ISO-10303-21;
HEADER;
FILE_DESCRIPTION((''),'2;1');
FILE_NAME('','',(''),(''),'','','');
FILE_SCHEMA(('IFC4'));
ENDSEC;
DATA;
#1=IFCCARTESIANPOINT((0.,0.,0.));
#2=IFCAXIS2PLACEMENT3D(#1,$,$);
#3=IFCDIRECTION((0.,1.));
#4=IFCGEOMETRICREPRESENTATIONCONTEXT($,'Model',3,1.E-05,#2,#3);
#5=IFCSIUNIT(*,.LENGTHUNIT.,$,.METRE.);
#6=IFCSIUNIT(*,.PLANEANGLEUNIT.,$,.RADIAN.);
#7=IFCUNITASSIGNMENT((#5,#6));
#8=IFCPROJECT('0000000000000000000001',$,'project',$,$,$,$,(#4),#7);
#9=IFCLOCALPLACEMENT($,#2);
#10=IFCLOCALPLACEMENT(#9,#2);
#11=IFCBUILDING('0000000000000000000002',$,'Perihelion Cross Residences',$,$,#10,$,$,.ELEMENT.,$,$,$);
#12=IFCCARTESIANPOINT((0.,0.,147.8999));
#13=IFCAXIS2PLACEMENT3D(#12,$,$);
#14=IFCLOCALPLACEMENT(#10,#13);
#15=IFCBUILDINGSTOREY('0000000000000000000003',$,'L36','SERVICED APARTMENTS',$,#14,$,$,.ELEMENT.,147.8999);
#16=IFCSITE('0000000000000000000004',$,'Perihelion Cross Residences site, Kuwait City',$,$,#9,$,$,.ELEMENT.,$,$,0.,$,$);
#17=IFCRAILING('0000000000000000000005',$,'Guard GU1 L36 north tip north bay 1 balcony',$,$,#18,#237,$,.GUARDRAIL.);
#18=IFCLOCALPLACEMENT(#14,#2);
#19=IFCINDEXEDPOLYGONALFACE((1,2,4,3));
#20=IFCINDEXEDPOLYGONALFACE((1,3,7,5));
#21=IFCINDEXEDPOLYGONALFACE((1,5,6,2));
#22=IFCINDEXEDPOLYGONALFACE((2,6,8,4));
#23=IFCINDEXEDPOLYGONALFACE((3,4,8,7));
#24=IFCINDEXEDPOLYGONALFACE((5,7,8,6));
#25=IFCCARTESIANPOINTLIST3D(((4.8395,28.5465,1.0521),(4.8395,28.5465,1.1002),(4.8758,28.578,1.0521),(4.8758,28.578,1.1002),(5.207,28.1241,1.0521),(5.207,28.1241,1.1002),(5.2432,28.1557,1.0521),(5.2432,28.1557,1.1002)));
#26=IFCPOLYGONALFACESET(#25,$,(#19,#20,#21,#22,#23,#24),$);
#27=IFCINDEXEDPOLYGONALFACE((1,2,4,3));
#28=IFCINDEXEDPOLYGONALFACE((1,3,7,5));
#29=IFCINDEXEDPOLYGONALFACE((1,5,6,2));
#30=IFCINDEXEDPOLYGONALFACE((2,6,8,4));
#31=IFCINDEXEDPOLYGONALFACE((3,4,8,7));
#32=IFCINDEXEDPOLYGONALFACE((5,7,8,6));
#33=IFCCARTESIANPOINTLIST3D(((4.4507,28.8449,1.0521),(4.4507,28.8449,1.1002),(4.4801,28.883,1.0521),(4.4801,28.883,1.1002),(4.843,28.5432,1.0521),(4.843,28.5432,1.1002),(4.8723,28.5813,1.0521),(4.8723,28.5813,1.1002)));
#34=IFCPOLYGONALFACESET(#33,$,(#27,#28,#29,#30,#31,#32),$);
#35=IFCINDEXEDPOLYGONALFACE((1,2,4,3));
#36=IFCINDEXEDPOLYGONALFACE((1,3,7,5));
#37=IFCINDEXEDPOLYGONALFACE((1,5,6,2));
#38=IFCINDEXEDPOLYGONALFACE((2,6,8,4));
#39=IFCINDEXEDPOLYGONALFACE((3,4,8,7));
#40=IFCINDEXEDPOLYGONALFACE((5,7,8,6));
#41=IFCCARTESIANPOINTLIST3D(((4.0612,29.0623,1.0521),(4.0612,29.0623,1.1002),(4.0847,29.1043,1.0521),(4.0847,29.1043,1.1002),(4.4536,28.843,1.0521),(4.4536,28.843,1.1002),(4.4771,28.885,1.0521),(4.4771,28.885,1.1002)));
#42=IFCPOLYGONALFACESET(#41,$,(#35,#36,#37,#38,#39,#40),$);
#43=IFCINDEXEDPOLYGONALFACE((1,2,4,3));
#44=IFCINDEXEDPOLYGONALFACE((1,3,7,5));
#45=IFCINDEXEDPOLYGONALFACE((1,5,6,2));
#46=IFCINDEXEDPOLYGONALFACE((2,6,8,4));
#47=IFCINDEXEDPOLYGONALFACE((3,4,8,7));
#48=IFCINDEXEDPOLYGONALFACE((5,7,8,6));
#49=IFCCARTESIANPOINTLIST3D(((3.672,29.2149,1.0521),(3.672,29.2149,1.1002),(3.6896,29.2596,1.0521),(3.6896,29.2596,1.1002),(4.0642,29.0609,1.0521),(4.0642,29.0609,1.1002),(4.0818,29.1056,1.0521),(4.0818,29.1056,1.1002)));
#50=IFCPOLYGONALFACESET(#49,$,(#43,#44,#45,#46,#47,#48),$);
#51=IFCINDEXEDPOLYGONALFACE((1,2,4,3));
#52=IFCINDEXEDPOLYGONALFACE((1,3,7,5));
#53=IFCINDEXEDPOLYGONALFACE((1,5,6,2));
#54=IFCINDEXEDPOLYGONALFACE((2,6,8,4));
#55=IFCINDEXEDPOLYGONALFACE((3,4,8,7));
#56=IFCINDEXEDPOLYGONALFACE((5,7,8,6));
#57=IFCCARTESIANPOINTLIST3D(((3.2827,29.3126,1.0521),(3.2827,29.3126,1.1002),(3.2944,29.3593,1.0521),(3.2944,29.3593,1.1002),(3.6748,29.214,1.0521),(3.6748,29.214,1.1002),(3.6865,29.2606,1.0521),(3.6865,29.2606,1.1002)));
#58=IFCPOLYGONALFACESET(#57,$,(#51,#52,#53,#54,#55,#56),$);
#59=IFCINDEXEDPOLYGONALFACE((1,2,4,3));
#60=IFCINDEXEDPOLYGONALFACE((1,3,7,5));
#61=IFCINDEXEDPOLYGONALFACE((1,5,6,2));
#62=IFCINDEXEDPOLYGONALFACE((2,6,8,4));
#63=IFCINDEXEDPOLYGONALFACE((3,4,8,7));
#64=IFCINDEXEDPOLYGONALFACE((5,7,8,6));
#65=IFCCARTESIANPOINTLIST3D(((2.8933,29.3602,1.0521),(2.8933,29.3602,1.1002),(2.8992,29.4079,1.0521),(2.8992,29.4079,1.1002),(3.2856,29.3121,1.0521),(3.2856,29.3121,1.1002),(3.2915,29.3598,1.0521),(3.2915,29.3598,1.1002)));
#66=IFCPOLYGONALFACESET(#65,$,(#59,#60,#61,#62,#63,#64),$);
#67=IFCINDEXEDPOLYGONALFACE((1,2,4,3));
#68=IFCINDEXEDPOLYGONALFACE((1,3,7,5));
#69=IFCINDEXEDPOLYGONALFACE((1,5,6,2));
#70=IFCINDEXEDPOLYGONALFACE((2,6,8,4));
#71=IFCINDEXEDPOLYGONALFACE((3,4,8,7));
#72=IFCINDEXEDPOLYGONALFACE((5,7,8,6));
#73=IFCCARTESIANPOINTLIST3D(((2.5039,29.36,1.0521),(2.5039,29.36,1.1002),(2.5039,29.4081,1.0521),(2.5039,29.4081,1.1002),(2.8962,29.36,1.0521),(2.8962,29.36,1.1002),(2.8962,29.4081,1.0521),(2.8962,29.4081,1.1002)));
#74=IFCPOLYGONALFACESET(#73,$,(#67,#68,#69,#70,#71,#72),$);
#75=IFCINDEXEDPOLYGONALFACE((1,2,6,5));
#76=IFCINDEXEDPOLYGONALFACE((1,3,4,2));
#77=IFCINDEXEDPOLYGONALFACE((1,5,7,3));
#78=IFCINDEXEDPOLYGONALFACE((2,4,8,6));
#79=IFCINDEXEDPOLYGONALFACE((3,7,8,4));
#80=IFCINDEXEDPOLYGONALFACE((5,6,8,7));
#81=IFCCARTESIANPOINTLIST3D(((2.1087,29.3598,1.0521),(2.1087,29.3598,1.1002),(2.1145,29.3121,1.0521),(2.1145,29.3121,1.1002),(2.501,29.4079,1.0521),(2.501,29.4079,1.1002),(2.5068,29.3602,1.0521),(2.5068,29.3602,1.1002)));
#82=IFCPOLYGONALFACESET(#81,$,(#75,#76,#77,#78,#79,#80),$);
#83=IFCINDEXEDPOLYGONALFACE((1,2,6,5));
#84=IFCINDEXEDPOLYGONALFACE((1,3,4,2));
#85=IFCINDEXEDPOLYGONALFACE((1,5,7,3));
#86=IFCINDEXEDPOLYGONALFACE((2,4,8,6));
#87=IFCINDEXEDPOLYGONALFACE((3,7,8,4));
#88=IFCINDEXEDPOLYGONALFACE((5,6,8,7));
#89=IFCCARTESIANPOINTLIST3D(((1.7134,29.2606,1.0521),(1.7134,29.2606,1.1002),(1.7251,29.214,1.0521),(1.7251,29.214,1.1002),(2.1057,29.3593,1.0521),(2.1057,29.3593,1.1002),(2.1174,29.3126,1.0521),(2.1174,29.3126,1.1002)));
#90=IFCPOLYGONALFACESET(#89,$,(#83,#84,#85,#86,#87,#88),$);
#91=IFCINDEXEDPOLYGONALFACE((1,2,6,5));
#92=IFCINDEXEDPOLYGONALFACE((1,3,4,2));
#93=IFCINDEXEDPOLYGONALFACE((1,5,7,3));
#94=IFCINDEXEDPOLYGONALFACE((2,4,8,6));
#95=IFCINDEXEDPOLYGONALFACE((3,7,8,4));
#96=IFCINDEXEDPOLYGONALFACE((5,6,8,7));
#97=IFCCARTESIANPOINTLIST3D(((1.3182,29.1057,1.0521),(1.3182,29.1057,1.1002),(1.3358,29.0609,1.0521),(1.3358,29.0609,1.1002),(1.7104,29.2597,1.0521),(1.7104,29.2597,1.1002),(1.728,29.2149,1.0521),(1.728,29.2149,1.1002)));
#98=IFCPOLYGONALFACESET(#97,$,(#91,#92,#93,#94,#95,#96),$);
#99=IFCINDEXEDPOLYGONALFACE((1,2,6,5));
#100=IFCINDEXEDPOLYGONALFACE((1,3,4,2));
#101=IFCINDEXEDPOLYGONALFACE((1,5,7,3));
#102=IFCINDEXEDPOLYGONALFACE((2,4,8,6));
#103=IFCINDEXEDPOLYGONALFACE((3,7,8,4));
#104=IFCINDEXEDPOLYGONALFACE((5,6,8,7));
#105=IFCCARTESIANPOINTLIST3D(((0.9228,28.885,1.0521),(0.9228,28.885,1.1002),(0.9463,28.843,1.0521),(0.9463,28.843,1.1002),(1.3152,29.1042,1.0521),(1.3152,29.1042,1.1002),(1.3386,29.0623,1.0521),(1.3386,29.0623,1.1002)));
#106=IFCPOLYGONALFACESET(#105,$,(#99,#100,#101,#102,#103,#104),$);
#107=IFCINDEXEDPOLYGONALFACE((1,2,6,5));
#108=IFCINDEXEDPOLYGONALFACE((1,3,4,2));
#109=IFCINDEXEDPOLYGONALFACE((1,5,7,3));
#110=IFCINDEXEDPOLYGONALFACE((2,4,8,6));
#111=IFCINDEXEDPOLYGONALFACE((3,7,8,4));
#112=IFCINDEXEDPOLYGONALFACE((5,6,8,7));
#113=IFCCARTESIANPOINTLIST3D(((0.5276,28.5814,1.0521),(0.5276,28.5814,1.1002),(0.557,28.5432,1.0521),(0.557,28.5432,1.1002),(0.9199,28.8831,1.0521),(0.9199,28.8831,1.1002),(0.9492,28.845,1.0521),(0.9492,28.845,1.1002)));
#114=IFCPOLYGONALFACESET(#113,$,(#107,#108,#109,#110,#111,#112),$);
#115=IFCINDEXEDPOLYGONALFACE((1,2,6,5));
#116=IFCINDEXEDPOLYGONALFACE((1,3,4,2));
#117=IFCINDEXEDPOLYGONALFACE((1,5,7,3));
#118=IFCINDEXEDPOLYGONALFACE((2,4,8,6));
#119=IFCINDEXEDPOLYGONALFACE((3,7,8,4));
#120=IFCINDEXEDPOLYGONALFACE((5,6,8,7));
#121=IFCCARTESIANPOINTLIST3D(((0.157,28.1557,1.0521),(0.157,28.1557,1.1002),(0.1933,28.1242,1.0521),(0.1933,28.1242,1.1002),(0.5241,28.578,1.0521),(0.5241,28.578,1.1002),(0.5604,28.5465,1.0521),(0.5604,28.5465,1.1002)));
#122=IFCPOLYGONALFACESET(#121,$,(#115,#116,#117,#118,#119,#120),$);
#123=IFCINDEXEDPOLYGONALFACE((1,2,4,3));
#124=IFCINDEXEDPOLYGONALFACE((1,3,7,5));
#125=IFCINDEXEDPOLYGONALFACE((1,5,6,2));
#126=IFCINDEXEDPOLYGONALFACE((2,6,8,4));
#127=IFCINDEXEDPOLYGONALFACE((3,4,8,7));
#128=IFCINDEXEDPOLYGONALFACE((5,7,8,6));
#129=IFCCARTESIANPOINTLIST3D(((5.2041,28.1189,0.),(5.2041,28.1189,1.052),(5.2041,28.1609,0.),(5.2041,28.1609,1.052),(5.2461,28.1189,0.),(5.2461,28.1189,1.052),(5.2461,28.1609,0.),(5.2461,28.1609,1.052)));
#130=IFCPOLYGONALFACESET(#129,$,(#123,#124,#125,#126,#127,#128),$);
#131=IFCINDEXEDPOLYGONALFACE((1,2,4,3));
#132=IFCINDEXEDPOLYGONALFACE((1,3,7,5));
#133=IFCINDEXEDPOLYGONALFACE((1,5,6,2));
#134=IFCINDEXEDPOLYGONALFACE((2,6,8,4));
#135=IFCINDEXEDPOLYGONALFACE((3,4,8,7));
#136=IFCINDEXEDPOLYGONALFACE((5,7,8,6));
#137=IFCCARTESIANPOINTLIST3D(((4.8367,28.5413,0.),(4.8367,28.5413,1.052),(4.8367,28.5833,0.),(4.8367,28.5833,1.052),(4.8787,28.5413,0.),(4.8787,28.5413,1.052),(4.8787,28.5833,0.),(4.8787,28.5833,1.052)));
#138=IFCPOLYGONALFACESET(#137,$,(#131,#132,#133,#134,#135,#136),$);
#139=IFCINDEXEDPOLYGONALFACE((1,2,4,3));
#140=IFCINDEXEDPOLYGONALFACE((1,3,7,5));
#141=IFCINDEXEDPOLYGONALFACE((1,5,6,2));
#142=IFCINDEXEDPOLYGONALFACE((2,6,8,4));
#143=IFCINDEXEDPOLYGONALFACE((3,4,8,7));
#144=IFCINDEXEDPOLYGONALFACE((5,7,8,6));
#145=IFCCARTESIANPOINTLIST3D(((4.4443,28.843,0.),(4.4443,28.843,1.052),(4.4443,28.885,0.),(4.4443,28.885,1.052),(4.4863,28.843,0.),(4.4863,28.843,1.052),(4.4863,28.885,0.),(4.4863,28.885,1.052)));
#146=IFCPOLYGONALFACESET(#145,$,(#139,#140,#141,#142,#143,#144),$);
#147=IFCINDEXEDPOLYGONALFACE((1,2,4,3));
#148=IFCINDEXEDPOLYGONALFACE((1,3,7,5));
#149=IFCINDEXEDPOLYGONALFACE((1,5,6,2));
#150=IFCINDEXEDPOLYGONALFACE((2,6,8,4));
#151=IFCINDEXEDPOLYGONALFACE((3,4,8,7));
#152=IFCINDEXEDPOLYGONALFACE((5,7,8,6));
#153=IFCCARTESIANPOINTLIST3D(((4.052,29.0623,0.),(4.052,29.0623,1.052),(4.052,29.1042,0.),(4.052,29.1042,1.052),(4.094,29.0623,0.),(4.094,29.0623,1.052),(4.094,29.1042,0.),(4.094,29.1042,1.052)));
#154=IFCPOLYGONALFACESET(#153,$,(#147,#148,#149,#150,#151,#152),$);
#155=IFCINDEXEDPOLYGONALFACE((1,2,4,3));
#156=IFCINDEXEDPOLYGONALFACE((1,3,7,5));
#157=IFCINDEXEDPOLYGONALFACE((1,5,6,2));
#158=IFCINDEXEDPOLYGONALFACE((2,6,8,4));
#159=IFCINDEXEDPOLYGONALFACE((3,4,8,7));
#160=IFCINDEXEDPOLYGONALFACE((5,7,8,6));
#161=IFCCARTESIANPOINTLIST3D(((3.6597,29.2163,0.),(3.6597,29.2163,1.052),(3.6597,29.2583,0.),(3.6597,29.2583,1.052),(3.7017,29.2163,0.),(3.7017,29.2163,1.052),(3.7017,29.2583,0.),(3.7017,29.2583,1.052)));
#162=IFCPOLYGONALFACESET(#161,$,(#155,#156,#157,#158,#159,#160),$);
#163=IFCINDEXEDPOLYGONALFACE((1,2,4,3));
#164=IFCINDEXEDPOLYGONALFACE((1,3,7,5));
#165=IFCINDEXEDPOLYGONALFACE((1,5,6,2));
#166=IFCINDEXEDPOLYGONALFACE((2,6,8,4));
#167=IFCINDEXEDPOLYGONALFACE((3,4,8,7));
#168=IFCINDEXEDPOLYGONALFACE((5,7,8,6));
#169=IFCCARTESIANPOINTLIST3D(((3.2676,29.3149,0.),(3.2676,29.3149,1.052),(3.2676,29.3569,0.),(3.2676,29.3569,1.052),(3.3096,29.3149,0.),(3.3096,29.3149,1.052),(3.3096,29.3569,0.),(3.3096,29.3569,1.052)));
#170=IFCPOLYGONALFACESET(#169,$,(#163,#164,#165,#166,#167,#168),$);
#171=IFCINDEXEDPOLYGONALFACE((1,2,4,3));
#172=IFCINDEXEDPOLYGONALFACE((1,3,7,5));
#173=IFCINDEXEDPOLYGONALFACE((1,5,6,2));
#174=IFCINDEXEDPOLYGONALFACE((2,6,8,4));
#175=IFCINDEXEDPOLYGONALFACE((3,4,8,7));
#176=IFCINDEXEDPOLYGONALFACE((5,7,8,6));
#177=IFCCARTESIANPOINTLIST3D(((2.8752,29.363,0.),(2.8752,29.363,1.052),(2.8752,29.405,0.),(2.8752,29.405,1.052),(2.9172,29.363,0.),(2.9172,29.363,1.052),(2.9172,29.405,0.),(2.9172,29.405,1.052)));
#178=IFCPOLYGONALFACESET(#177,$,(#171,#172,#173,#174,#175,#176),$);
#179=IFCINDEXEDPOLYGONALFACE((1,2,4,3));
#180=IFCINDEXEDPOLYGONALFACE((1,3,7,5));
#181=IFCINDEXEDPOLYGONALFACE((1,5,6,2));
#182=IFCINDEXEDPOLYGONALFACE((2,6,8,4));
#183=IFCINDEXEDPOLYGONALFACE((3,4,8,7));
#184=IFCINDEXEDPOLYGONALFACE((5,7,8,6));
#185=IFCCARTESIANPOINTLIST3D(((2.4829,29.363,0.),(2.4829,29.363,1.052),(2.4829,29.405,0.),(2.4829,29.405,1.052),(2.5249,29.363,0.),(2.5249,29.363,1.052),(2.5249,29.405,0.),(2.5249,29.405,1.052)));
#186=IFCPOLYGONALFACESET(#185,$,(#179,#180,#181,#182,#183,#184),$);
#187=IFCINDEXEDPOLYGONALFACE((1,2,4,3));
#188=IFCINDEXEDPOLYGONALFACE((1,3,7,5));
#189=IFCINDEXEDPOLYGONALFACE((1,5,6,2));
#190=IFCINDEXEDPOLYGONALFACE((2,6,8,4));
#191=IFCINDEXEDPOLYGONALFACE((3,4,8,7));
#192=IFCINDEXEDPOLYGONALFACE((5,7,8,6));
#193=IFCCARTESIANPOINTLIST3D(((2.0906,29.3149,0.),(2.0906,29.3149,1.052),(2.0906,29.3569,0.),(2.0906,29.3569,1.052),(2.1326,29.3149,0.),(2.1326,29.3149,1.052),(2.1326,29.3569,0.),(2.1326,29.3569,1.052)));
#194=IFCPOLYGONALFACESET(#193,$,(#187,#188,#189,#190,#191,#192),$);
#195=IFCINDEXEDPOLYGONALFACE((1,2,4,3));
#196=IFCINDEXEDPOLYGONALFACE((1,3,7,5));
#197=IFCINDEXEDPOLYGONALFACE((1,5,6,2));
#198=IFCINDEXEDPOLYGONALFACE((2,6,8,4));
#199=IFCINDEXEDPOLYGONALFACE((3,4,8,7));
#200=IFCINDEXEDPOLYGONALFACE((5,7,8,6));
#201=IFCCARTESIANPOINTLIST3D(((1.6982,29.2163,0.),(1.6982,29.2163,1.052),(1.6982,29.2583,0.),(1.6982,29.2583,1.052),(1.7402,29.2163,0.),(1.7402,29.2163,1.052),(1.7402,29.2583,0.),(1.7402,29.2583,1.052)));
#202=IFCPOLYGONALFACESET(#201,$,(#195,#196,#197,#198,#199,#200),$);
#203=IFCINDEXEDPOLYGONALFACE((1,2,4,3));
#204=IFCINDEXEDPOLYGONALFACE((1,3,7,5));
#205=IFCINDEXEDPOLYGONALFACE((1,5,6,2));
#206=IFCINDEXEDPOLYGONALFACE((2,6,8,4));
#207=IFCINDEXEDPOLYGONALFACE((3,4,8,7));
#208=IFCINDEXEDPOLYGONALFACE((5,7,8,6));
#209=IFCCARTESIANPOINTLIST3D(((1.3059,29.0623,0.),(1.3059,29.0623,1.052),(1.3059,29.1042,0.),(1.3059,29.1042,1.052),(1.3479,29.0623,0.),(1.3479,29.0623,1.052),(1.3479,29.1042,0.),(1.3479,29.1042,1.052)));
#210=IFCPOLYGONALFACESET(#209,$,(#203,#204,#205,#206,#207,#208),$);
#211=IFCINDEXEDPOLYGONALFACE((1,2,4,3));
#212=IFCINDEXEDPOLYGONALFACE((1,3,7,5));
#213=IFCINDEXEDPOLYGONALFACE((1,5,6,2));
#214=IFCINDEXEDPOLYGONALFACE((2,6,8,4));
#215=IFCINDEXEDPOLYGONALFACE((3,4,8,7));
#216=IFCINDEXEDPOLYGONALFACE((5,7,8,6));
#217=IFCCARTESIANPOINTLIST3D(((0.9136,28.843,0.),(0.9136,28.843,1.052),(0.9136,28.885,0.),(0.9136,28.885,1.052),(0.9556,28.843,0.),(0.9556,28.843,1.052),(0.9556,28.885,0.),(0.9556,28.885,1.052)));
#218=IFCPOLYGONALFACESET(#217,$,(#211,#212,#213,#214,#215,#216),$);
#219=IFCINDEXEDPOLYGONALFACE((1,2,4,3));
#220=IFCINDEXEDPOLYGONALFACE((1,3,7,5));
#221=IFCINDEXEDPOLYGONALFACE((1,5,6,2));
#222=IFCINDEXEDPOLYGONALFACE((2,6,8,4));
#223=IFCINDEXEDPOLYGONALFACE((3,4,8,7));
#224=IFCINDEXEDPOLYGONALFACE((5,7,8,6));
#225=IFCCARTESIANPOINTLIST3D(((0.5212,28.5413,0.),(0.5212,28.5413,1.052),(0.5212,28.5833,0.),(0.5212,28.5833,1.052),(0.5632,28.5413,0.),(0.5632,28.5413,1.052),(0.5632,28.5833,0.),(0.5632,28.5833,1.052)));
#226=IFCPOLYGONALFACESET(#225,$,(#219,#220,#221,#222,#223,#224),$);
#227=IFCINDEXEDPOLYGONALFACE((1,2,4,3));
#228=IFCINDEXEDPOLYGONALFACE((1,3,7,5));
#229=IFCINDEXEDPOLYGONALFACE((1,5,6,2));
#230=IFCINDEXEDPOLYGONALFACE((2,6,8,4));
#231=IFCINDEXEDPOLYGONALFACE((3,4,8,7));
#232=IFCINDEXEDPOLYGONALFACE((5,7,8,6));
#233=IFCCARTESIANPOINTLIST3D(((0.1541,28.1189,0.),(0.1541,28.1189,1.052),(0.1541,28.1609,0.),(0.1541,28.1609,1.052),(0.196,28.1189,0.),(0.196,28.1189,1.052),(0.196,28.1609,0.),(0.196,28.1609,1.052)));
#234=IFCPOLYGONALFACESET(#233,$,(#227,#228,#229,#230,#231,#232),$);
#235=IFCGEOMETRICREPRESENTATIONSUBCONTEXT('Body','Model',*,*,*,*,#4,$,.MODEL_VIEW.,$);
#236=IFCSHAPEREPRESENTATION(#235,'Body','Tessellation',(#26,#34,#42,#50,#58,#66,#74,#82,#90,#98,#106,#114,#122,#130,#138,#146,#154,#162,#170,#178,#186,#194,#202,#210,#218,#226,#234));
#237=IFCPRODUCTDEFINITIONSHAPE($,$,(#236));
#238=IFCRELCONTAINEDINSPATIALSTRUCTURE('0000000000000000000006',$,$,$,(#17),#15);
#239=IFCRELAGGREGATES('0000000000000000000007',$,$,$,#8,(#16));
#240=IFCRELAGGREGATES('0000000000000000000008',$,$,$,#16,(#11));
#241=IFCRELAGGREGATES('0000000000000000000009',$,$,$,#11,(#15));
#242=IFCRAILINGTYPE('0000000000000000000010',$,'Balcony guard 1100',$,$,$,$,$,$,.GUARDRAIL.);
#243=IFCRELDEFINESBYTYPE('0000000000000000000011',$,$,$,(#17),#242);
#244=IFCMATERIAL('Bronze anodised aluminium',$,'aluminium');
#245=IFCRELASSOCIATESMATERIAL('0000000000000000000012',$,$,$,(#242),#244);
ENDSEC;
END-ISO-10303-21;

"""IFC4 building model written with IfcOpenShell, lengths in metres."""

from ifc_helpers import new_model, si_unit, direction, frame, origin, origin_2d, place, context, subcontext, project, spatial, rectangle, extrude, material, type_object, element, save


model = new_model("IFC4")

# Units and contexts
model_context = context("Model", 3, precision=1e-05, world=origin(), true_north=direction((0.0, 1.0)))
body_context = subcontext(model_context, "Body", "Model", "MODEL_VIEW")
ifc_project = project(units=[si_unit("LENGTHUNIT", "METRE"), si_unit("PLANEANGLEUNIT", "RADIAN")], contexts=[model_context])

# Site, building, storey
site_placement = place(None, origin())
site = spatial("IfcSite", under=ifc_project, at=site_placement, Name="Perihelion Cross Residences site, Kuwait City", CompositionType="ELEMENT", RefElevation=0.0)
building_placement = place(site_placement, origin())
building = spatial("IfcBuilding", under=site, at=building_placement, Name="Perihelion Cross Residences", CompositionType="ELEMENT")
storey_placement = place(building_placement, frame((0.0, 0.0, 147.8999)))
storey = spatial("IfcBuildingStorey", under=building, at=storey_placement, Name="L36", Description="SERVICED APARTMENTS", CompositionType="ELEMENT", Elevation=147.8999)

# Railing
ifc_material_1 = material(Name="Bronze anodised aluminium", Category="aluminium")
railing_type = type_object("IfcRailingType", Name="Balcony guard 1100", PredefinedType="GUARDRAIL", material=ifc_material_1)
railing_placement = place(storey_placement, frame((5.2251, 28.1399, 0.0)))
element("IfcRailing", 1, at=railing_placement, inside=storey, type_object=railing_type, Name="Guard GU1 L36 north tip north bay 1 balcony", PredefinedType="GUARDRAIL", context=body_context, shape_type="SweptSolid", body=[
    extrude(rectangle(XDim=0.0481, YDim=0.0481, at=origin_2d()), frame((0.0, 0.0, 1.0762), z_axis=(-0.656341, 0.754465, 0.0), x_axis=(-0.754465, -0.656341, 0.0)), (0.0, 0.0, 1.0), 0.5598),
    extrude(rectangle(XDim=0.0481, YDim=0.0481, at=origin_2d()), frame((-0.3674, 0.4224, 1.0762), z_axis=(-0.792661, 0.609663, 0.0), x_axis=(-0.609663, -0.792661, 0.0)), (0.0, 0.0, 1.0), 0.4949),
    extrude(rectangle(XDim=0.0481, YDim=0.0481, at=origin_2d()), frame((-0.7598, 0.7241, 1.0762), z_axis=(-0.87295, 0.487809, 0.0), x_axis=(-0.487809, -0.87295, 0.0)), (0.0, 0.0, 1.0), 0.4495),
    extrude(rectangle(XDim=0.0481, YDim=0.0481, at=origin_2d()), frame((-1.1521, 0.9434, 1.0762), z_axis=(-0.930815, 0.365491, 0.0), x_axis=(-0.365491, -0.930815, 0.0)), (0.0, 0.0, 1.0), 0.4214),
    extrude(rectangle(XDim=0.0481, YDim=0.0481, at=origin_2d()), frame((-1.5444, 1.0974, 1.0762), z_axis=(-0.969786, 0.243956, 0.0), x_axis=(-0.243956, -0.969786, 0.0)), (0.0, 0.0, 1.0), 0.4043),
    extrude(rectangle(XDim=0.0481, YDim=0.0481, at=origin_2d()), frame((-1.9365, 1.196, 1.0762), z_axis=(-0.99257, 0.121678, 0.0), x_axis=(-0.121678, -0.99257, 0.0)), (0.0, 0.0, 1.0), 0.3953),
    extrude(rectangle(XDim=0.0481, YDim=0.0481, at=origin_2d()), frame((-2.3289, 1.2441, 1.0762), z_axis=(-1.0, 0.0, 0.0), x_axis=(0.0, -1.0, 0.0)), (0.0, 0.0, 1.0), 0.3923),
    extrude(rectangle(XDim=0.0481, YDim=0.0481, at=origin_2d()), frame((-2.7212, 1.2441, 1.0762), z_axis=(-0.99257, -0.121678, 0.0), x_axis=(0.121678, -0.99257, 0.0)), (0.0, 0.0, 1.0), 0.3953),
    extrude(rectangle(XDim=0.0481, YDim=0.0481, at=origin_2d()), frame((-3.1135, 1.196, 1.0762), z_axis=(-0.969822, -0.243813, 0.0), x_axis=(0.243813, -0.969822, 0.0)), (0.0, 0.0, 1.0), 0.4045),
    extrude(rectangle(XDim=0.0481, YDim=0.0481, at=origin_2d()), frame((-3.5059, 1.0974, 1.0762), z_axis=(-0.930815, -0.365491, 0.0), x_axis=(0.365491, -0.930815, 0.0)), (0.0, 0.0, 1.0), 0.4214),
    extrude(rectangle(XDim=0.0481, YDim=0.0481, at=origin_2d()), frame((-3.8982, 0.9434, 1.0762), z_axis=(-0.87295, -0.487809, 0.0), x_axis=(0.487809, -0.87295, 0.0)), (0.0, 0.0, 1.0), 0.4495),
    extrude(rectangle(XDim=0.0481, YDim=0.0481, at=origin_2d()), frame((-4.2905, 0.7241, 1.0762), z_axis=(-0.792661, -0.609663, 0.0), x_axis=(0.609663, -0.792661, 0.0)), (0.0, 0.0, 1.0), 0.4949),
    extrude(rectangle(XDim=0.0481, YDim=0.0481, at=origin_2d()), frame((-4.6829, 0.4224, 1.0762), z_axis=(-0.656092, -0.754681, 0.0), x_axis=(0.754681, -0.656092, 0.0)), (0.0, 0.0, 1.0), 0.5596),
    extrude(rectangle(XDim=0.042, YDim=0.042, at=origin_2d()), origin(), (0.0, 0.0, 1.0), 1.052),
    extrude(rectangle(XDim=0.042, YDim=0.042, at=origin_2d()), frame((-0.3674, 0.4224, 0.0)), (0.0, 0.0, 1.0), 1.052),
    extrude(rectangle(XDim=0.042, YDim=0.042, at=origin_2d()), frame((-0.7598, 0.7241, 0.0)), (0.0, 0.0, 1.0), 1.052),
    extrude(rectangle(XDim=0.042, YDim=0.042, at=origin_2d()), frame((-1.1521, 0.9434, 0.0)), (0.0, 0.0, 1.0), 1.052),
    extrude(rectangle(XDim=0.042, YDim=0.042, at=origin_2d()), frame((-1.5444, 1.0974, 0.0)), (0.0, 0.0, 1.0), 1.052),
    extrude(rectangle(XDim=0.042, YDim=0.042, at=origin_2d()), frame((-1.9365, 1.196, 0.0)), (0.0, 0.0, 1.0), 1.052),
    extrude(rectangle(XDim=0.042, YDim=0.042, at=origin_2d()), frame((-2.3289, 1.2441, 0.0)), (0.0, 0.0, 1.0), 1.052),
    extrude(rectangle(XDim=0.042, YDim=0.042, at=origin_2d()), frame((-2.7212, 1.2441, 0.0)), (0.0, 0.0, 1.0), 1.052),
    extrude(rectangle(XDim=0.042, YDim=0.042, at=origin_2d()), frame((-3.1135, 1.196, 0.0)), (0.0, 0.0, 1.0), 1.052),
    extrude(rectangle(XDim=0.042, YDim=0.042, at=origin_2d()), frame((-3.5059, 1.0974, 0.0)), (0.0, 0.0, 1.0), 1.052),
    extrude(rectangle(XDim=0.042, YDim=0.042, at=origin_2d()), frame((-3.8982, 0.9434, 0.0)), (0.0, 0.0, 1.0), 1.052),
    extrude(rectangle(XDim=0.042, YDim=0.042, at=origin_2d()), frame((-4.2905, 0.7241, 0.0)), (0.0, 0.0, 1.0), 1.052),
    extrude(rectangle(XDim=0.042, YDim=0.042, at=origin_2d()), frame((-4.6829, 0.4224, 0.0)), (0.0, 0.0, 1.0), 1.052),
    extrude(rectangle(XDim=0.042, YDim=0.042, at=origin_2d()), frame((-5.05, 0.0, 0.0)), (0.0, 0.0, 1.0), 1.052),
])

save(model, "model.ifc")
